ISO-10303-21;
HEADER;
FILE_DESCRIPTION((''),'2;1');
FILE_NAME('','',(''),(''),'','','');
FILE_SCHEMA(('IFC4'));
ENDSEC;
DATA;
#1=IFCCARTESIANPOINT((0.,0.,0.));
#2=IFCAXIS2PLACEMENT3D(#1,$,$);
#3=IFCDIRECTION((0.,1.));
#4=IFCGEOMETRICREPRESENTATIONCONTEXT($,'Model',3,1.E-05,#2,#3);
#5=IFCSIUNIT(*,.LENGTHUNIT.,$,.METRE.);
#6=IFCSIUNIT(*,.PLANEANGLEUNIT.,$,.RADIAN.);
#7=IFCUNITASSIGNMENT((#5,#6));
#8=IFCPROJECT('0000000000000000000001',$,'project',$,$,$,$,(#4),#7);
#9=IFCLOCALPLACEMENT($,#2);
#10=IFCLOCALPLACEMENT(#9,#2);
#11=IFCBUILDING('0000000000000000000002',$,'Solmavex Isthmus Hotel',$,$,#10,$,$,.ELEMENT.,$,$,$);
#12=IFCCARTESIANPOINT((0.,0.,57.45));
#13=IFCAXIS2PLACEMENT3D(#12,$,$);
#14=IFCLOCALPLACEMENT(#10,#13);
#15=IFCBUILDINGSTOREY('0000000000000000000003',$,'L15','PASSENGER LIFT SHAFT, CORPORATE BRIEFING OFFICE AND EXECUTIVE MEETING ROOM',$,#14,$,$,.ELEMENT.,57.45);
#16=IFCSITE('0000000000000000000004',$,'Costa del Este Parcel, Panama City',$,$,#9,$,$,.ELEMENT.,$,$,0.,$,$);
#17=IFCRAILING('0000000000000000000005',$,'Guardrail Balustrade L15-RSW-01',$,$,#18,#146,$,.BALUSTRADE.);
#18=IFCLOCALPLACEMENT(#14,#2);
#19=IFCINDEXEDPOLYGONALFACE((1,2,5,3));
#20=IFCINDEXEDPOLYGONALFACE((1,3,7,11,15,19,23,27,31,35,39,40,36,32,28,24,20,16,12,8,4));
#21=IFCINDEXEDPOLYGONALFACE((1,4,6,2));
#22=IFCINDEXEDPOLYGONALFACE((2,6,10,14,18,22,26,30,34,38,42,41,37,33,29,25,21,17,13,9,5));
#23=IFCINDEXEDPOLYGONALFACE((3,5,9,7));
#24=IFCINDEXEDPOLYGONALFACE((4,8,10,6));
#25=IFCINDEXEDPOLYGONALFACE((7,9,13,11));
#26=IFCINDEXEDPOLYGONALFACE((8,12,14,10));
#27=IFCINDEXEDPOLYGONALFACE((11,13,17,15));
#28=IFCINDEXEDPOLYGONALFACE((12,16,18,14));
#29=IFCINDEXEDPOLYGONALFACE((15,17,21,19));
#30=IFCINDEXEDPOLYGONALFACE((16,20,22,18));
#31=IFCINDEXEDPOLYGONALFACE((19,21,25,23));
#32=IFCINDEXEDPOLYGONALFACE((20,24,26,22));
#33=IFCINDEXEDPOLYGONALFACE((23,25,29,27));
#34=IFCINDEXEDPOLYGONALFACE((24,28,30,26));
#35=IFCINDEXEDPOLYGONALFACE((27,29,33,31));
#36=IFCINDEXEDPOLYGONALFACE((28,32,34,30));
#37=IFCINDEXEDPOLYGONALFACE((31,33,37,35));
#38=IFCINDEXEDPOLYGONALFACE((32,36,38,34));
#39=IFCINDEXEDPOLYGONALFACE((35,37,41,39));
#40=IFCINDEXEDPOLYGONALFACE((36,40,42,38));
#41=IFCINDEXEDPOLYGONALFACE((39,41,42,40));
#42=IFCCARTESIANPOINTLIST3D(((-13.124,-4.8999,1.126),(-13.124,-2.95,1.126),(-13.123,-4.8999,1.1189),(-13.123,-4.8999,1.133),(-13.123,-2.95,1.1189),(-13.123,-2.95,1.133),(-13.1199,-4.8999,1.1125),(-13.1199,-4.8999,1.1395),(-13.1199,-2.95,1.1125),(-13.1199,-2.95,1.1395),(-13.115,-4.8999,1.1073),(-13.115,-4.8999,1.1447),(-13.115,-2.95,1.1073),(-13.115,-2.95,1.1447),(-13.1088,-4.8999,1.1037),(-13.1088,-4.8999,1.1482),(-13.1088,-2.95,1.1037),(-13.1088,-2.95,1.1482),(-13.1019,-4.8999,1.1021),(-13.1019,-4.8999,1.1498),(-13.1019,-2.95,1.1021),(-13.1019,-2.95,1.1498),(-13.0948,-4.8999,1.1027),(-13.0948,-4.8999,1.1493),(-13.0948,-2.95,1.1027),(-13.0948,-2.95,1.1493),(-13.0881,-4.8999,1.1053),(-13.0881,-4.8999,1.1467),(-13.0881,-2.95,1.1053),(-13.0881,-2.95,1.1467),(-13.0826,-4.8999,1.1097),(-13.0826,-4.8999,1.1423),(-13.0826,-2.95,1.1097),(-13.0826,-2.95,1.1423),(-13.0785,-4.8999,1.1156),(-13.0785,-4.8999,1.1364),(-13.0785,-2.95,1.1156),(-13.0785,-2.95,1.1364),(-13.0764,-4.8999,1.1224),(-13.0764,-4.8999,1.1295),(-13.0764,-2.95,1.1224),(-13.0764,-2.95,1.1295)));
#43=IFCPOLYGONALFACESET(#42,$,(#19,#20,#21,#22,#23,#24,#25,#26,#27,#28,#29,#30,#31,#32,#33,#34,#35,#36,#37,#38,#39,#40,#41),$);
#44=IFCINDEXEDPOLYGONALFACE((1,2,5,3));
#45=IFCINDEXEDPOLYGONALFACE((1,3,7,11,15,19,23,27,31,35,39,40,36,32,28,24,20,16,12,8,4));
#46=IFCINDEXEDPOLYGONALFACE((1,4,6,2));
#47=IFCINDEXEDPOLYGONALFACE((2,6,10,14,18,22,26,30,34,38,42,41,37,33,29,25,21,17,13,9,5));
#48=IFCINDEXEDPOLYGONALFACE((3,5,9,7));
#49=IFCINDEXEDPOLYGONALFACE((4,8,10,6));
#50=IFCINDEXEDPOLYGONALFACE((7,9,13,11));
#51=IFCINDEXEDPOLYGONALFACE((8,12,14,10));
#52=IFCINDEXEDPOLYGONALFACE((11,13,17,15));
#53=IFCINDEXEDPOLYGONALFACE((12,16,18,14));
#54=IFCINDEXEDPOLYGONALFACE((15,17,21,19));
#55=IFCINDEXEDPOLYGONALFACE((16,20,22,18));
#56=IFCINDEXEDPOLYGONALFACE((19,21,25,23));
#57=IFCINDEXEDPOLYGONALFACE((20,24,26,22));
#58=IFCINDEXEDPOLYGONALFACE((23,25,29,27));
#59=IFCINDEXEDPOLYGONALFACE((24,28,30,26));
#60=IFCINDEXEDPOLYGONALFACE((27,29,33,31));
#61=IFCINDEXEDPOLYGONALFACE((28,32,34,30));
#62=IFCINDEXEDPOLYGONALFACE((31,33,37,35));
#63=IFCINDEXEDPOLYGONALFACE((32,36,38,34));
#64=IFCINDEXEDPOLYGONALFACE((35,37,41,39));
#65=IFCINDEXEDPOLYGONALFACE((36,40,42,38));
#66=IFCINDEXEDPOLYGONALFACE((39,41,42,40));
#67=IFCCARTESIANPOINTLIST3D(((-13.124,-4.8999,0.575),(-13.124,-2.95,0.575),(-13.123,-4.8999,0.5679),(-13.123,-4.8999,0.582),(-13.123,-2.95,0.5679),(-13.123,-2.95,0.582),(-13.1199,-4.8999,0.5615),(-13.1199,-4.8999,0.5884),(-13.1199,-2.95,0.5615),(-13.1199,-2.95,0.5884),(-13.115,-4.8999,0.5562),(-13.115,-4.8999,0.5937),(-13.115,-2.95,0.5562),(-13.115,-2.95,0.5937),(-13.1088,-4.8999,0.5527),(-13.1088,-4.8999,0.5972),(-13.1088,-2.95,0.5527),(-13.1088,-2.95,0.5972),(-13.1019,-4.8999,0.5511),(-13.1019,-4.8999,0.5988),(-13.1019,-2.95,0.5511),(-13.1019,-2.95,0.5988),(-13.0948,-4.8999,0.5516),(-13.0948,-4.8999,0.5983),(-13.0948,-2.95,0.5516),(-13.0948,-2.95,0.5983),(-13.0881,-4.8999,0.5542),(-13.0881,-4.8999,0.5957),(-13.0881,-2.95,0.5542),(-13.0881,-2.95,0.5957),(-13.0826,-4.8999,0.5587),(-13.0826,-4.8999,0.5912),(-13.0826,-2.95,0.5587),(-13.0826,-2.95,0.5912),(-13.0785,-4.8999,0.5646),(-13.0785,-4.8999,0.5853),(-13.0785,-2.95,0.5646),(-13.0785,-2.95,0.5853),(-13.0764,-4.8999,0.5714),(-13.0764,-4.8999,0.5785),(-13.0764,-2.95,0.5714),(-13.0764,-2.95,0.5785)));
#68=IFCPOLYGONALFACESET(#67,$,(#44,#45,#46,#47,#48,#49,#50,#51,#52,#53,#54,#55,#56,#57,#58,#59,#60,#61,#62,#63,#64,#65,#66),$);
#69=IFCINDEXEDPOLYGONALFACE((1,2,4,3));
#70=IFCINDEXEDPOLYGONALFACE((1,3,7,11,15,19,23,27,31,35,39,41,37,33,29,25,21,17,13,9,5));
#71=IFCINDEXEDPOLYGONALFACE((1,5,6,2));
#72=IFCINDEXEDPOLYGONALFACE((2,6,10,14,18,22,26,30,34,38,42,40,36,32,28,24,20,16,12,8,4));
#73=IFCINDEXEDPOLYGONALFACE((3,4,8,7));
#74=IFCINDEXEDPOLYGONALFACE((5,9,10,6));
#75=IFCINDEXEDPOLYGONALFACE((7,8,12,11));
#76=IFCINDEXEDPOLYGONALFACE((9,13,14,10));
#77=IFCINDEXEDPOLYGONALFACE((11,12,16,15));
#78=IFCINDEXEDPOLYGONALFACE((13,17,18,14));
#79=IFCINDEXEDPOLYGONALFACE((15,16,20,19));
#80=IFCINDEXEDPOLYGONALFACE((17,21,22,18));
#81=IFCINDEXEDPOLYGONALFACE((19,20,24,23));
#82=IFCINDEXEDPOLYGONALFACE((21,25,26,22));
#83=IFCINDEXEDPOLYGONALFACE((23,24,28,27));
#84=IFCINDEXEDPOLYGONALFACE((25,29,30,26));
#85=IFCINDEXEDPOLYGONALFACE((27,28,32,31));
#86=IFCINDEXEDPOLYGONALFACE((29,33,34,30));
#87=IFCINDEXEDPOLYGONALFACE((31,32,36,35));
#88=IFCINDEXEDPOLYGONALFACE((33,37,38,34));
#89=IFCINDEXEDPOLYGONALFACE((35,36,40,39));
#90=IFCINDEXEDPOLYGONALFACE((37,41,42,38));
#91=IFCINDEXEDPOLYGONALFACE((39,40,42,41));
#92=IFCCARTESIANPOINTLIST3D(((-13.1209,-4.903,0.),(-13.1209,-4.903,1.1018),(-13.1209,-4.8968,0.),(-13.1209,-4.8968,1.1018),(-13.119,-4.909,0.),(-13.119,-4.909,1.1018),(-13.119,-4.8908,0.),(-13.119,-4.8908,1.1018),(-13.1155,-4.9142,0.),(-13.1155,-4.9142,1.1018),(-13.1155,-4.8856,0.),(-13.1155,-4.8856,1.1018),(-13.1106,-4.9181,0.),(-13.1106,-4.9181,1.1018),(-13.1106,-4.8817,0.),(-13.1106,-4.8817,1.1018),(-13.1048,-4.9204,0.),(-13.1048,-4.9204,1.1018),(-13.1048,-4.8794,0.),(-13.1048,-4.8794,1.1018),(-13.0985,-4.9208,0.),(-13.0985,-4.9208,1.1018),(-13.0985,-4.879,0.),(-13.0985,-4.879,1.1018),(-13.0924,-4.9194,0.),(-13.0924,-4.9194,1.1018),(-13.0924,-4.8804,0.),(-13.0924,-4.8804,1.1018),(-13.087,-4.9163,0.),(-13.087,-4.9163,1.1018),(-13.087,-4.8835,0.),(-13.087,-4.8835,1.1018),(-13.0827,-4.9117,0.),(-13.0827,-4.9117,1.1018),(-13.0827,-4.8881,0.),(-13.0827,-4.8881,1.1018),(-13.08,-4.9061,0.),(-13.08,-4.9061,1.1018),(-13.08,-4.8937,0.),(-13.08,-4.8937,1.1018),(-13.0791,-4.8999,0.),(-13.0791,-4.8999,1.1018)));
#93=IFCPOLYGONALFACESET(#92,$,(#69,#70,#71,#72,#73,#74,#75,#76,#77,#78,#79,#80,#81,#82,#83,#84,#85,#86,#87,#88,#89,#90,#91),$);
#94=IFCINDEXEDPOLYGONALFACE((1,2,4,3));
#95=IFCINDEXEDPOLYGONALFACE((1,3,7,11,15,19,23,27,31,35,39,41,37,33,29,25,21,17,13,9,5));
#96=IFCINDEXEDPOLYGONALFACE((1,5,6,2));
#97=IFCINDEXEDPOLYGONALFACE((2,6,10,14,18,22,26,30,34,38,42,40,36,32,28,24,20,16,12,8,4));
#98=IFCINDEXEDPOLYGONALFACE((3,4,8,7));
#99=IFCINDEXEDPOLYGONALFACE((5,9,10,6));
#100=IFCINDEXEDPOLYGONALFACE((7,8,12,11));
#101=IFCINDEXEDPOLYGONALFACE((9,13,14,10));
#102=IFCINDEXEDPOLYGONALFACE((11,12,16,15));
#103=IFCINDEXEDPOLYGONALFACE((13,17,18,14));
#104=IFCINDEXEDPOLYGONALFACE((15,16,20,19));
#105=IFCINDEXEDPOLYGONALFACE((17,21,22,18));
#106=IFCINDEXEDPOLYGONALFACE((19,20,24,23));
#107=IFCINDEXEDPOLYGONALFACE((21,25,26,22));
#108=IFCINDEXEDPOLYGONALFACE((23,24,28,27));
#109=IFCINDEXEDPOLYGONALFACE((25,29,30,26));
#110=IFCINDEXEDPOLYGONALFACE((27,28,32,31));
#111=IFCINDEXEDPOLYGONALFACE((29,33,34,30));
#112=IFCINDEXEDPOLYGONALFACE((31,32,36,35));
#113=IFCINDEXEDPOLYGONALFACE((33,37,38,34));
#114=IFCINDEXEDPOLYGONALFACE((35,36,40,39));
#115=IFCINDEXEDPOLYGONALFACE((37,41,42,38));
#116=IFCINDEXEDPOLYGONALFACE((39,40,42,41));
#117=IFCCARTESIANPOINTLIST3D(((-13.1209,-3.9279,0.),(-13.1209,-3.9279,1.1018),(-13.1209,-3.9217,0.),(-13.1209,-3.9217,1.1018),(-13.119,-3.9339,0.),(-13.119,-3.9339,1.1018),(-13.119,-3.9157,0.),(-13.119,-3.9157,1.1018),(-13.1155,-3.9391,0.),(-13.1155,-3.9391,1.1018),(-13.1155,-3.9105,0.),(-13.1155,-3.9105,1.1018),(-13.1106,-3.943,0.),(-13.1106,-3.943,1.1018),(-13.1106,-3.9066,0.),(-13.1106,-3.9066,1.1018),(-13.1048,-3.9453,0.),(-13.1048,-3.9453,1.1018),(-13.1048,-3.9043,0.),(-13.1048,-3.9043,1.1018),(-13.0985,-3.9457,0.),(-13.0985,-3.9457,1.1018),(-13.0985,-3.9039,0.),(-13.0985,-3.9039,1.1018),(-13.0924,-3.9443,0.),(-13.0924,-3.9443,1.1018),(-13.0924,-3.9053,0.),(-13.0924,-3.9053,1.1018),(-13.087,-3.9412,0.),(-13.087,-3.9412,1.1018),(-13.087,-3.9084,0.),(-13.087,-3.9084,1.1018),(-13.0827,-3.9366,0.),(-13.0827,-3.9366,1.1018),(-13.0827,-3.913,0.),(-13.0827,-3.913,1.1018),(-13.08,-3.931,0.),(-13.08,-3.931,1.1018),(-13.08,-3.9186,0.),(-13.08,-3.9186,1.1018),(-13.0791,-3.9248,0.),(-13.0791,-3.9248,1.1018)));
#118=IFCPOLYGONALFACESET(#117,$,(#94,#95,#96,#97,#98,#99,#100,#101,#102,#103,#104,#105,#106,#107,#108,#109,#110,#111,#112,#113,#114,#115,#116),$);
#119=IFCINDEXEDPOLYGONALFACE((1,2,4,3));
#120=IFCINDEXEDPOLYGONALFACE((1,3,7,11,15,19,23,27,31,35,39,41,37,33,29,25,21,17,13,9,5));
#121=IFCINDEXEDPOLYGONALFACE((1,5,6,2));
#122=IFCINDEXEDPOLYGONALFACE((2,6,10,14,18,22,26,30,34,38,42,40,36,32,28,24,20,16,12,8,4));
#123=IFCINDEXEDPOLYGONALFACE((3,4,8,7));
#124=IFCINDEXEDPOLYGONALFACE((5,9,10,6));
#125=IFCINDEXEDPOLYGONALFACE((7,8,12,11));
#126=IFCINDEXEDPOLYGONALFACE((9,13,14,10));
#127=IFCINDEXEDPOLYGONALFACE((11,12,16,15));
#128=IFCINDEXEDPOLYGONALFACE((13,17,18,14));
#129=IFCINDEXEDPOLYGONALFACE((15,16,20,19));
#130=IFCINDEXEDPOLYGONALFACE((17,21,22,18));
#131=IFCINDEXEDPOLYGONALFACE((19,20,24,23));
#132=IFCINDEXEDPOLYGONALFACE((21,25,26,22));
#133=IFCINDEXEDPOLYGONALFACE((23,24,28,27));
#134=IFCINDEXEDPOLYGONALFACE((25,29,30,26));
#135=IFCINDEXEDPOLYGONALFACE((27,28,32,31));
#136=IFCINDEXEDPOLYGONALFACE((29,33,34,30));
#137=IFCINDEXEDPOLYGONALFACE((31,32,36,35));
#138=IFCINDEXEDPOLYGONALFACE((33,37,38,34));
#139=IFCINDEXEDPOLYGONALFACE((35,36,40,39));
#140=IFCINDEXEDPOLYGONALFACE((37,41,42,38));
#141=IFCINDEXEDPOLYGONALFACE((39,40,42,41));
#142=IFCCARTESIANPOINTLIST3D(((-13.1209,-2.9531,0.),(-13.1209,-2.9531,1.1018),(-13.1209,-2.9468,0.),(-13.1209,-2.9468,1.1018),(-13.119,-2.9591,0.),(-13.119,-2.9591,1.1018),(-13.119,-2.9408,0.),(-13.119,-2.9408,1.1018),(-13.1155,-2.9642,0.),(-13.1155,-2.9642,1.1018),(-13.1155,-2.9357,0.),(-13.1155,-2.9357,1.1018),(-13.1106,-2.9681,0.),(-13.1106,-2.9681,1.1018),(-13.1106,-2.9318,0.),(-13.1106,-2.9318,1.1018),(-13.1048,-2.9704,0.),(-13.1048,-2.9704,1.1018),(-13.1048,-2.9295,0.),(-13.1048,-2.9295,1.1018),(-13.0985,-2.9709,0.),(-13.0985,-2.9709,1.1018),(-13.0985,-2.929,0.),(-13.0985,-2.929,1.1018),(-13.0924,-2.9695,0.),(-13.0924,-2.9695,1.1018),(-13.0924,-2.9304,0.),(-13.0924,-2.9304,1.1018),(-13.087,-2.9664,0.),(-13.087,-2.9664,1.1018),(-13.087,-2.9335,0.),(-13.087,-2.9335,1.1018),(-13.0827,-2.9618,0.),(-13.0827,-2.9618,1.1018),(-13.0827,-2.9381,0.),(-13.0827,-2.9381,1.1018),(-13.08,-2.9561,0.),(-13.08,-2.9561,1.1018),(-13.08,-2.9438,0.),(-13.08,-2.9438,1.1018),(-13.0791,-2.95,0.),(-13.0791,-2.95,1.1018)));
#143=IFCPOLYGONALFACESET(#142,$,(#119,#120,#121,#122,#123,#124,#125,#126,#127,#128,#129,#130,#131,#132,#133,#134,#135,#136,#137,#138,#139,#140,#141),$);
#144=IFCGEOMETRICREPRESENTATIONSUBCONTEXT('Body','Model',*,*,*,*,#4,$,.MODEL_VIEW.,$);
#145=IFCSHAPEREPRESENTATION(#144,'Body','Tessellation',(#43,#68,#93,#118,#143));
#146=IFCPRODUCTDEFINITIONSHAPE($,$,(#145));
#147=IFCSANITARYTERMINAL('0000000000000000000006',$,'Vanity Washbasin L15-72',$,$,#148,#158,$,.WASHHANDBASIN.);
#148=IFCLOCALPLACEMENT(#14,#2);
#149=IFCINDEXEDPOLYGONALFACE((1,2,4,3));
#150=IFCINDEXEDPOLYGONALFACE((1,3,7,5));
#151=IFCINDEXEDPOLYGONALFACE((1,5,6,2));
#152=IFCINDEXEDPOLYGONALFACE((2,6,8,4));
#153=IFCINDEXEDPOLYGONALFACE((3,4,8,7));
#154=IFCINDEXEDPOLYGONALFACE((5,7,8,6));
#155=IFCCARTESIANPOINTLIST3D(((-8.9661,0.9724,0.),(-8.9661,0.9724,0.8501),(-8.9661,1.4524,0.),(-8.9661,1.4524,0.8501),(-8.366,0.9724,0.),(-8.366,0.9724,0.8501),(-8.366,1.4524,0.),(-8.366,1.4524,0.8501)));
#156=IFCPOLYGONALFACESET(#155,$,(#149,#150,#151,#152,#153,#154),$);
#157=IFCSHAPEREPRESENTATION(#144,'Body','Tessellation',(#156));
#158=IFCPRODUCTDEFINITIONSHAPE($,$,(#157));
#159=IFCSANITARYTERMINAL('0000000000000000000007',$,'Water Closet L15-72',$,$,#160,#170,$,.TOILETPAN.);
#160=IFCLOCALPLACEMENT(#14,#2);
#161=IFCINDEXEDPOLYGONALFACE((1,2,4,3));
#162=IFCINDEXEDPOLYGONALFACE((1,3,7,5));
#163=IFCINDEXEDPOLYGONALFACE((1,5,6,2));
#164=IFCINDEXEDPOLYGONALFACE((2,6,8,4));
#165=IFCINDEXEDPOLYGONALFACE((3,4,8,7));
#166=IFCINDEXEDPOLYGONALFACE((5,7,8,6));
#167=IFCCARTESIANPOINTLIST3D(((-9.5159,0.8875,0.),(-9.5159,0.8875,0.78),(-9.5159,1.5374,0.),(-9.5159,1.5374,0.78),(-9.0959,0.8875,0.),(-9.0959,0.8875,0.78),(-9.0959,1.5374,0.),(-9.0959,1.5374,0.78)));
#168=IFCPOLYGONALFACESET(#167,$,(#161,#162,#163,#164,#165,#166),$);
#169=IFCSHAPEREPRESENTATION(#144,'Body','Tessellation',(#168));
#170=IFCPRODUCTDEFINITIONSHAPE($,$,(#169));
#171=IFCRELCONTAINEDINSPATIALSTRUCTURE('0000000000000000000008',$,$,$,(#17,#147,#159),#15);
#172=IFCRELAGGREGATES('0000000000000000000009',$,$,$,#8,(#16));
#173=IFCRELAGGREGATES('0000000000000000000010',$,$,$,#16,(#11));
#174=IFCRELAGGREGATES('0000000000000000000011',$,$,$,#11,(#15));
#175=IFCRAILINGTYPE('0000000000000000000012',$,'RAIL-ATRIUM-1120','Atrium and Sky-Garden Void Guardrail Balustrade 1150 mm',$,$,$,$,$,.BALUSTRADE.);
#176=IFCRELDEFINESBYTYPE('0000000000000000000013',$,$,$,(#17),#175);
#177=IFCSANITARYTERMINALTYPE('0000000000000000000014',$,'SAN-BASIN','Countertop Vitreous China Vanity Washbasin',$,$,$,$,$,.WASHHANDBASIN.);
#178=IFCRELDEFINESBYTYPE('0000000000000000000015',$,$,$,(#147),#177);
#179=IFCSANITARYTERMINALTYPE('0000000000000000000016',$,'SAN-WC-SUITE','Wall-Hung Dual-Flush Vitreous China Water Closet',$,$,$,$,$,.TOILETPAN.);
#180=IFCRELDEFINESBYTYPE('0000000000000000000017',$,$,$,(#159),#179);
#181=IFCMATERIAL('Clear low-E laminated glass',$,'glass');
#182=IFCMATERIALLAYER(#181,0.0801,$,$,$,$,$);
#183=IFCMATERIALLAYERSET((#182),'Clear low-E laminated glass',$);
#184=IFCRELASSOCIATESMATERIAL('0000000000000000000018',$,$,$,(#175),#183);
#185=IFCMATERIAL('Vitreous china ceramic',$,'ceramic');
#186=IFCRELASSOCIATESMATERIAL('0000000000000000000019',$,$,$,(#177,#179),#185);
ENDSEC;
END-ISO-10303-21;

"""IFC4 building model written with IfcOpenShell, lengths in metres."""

from ifc_helpers import new_model, si_unit, direction, frame, origin, origin_2d, place, context, subcontext, project, spatial, rectangle, circle, extrude, material, layer, layer_set, type_object, element, save


model = new_model("IFC4")

# Units and contexts
model_context = context("Model", 3, precision=1e-05, world=origin(), true_north=direction((0.0, 1.0)))
body_context = subcontext(model_context, "Body", "Model", "MODEL_VIEW")
ifc_project = project(units=[si_unit("LENGTHUNIT", "METRE"), si_unit("PLANEANGLEUNIT", "RADIAN")], contexts=[model_context])

# Site, building, storey
site_placement = place(None, origin())
site = spatial("IfcSite", under=ifc_project, at=site_placement, Name="Costa del Este Parcel, Panama City", CompositionType="ELEMENT", RefElevation=0.0)
building_placement = place(site_placement, origin())
building = spatial("IfcBuilding", under=site, at=building_placement, Name="Solmavex Isthmus Hotel", CompositionType="ELEMENT")
storey_placement = place(building_placement, frame((0.0, 0.0, 57.45)))
storey = spatial("IfcBuildingStorey", under=building, at=storey_placement, Name="L15", Description="PASSENGER LIFT SHAFT, CORPORATE BRIEFING OFFICE AND EXECUTIVE MEETING ROOM", CompositionType="ELEMENT", Elevation=57.45)

# Railing
ifc_material_1 = material(Name="Clear low-E laminated glass", Category="glass")
ifc_layer_1 = layer(ifc_material_1, 0.0801)
ifc_layer_set_1 = layer_set([ifc_layer_1], Name="Clear low-E laminated glass")
railing_type = type_object("IfcRailingType", Name="RAIL-ATRIUM-1120", Description="Atrium and Sky-Garden Void Guardrail Balustrade 1150 mm", PredefinedType="BALUSTRADE", material=ifc_layer_set_1)
railing_placement = place(storey_placement, frame((-13.1001, -4.8999, 0.0)))
element("IfcRailing", 1, at=railing_placement, inside=storey, type_object=railing_type, Name="Guardrail Balustrade L15-RSW-01", PredefinedType="BALUSTRADE", context=body_context, shape_type="SweptSolid", body=[
    extrude(circle(Radius=0.0239, at=origin_2d()), frame((0.0, 0.0, 1.126), z_axis=(0.0, 1.0, 0.0), x_axis=(-1.0, 0.0, 0.0)), (0.0, 0.0, 1.0), 1.95),
    extrude(circle(Radius=0.0239, at=origin_2d()), frame((0.0, 0.0, 0.575), z_axis=(0.0, 1.0, 0.0), x_axis=(-1.0, 0.0, 0.0)), (0.0, 0.0, 1.0), 1.95),
    extrude(circle(Radius=0.021, at=origin_2d()), origin(), (0.0, 0.0, 1.0), 1.1018),
    extrude(circle(Radius=0.021, at=origin_2d()), frame((0.0, 0.9751, 0.0)), (0.0, 0.0, 1.0), 1.1018),
    extrude(circle(Radius=0.021, at=origin_2d()), frame((0.0, 1.95, 0.0)), (0.0, 0.0, 1.0), 1.1018),
])

# Sanitary terminals
ifc_material_2 = material(Name="Vitreous china ceramic", Category="ceramic")
sanitary_terminal_type_1 = type_object("IfcSanitaryTerminalType", Name="SAN-BASIN", Description="Countertop Vitreous China Vanity Washbasin", PredefinedType="WASHHANDBASIN", material=ifc_material_2)
sanitary_terminal_1_placement = place(storey_placement, frame((-8.666, 1.2124, 0.0), z_axis=(0.0, 0.0, 1.0), x_axis=(1.0, 0.0, 0.0)))
element("IfcSanitaryTerminal", 2, at=sanitary_terminal_1_placement, inside=storey, type_object=sanitary_terminal_type_1, Name="Vanity Washbasin L15-72", PredefinedType="WASHHANDBASIN", context=body_context, shape_type="SweptSolid", body=[
    extrude(rectangle(XDim=0.6001, YDim=0.48, at=origin_2d()), origin(), (0.0, 0.0, 1.0), 0.8501),
])
sanitary_terminal_type_2 = type_object("IfcSanitaryTerminalType", Name="SAN-WC-SUITE", Description="Wall-Hung Dual-Flush Vitreous China Water Closet", PredefinedType="TOILETPAN", material=ifc_material_2)
sanitary_terminal_2_placement = place(storey_placement, frame((-9.3059, 1.2124, 0.0), z_axis=(0.0, 0.0, 1.0), x_axis=(1.0, 0.0, 0.0)))
element("IfcSanitaryTerminal", 3, at=sanitary_terminal_2_placement, inside=storey, type_object=sanitary_terminal_type_2, Name="Water Closet L15-72", PredefinedType="TOILETPAN", context=body_context, shape_type="SweptSolid", body=[
    extrude(rectangle(XDim=0.4199, YDim=0.6499, at=origin_2d()), origin(), (0.0, 0.0, 1.0), 0.78),
])

save(model, "model.ifc")
